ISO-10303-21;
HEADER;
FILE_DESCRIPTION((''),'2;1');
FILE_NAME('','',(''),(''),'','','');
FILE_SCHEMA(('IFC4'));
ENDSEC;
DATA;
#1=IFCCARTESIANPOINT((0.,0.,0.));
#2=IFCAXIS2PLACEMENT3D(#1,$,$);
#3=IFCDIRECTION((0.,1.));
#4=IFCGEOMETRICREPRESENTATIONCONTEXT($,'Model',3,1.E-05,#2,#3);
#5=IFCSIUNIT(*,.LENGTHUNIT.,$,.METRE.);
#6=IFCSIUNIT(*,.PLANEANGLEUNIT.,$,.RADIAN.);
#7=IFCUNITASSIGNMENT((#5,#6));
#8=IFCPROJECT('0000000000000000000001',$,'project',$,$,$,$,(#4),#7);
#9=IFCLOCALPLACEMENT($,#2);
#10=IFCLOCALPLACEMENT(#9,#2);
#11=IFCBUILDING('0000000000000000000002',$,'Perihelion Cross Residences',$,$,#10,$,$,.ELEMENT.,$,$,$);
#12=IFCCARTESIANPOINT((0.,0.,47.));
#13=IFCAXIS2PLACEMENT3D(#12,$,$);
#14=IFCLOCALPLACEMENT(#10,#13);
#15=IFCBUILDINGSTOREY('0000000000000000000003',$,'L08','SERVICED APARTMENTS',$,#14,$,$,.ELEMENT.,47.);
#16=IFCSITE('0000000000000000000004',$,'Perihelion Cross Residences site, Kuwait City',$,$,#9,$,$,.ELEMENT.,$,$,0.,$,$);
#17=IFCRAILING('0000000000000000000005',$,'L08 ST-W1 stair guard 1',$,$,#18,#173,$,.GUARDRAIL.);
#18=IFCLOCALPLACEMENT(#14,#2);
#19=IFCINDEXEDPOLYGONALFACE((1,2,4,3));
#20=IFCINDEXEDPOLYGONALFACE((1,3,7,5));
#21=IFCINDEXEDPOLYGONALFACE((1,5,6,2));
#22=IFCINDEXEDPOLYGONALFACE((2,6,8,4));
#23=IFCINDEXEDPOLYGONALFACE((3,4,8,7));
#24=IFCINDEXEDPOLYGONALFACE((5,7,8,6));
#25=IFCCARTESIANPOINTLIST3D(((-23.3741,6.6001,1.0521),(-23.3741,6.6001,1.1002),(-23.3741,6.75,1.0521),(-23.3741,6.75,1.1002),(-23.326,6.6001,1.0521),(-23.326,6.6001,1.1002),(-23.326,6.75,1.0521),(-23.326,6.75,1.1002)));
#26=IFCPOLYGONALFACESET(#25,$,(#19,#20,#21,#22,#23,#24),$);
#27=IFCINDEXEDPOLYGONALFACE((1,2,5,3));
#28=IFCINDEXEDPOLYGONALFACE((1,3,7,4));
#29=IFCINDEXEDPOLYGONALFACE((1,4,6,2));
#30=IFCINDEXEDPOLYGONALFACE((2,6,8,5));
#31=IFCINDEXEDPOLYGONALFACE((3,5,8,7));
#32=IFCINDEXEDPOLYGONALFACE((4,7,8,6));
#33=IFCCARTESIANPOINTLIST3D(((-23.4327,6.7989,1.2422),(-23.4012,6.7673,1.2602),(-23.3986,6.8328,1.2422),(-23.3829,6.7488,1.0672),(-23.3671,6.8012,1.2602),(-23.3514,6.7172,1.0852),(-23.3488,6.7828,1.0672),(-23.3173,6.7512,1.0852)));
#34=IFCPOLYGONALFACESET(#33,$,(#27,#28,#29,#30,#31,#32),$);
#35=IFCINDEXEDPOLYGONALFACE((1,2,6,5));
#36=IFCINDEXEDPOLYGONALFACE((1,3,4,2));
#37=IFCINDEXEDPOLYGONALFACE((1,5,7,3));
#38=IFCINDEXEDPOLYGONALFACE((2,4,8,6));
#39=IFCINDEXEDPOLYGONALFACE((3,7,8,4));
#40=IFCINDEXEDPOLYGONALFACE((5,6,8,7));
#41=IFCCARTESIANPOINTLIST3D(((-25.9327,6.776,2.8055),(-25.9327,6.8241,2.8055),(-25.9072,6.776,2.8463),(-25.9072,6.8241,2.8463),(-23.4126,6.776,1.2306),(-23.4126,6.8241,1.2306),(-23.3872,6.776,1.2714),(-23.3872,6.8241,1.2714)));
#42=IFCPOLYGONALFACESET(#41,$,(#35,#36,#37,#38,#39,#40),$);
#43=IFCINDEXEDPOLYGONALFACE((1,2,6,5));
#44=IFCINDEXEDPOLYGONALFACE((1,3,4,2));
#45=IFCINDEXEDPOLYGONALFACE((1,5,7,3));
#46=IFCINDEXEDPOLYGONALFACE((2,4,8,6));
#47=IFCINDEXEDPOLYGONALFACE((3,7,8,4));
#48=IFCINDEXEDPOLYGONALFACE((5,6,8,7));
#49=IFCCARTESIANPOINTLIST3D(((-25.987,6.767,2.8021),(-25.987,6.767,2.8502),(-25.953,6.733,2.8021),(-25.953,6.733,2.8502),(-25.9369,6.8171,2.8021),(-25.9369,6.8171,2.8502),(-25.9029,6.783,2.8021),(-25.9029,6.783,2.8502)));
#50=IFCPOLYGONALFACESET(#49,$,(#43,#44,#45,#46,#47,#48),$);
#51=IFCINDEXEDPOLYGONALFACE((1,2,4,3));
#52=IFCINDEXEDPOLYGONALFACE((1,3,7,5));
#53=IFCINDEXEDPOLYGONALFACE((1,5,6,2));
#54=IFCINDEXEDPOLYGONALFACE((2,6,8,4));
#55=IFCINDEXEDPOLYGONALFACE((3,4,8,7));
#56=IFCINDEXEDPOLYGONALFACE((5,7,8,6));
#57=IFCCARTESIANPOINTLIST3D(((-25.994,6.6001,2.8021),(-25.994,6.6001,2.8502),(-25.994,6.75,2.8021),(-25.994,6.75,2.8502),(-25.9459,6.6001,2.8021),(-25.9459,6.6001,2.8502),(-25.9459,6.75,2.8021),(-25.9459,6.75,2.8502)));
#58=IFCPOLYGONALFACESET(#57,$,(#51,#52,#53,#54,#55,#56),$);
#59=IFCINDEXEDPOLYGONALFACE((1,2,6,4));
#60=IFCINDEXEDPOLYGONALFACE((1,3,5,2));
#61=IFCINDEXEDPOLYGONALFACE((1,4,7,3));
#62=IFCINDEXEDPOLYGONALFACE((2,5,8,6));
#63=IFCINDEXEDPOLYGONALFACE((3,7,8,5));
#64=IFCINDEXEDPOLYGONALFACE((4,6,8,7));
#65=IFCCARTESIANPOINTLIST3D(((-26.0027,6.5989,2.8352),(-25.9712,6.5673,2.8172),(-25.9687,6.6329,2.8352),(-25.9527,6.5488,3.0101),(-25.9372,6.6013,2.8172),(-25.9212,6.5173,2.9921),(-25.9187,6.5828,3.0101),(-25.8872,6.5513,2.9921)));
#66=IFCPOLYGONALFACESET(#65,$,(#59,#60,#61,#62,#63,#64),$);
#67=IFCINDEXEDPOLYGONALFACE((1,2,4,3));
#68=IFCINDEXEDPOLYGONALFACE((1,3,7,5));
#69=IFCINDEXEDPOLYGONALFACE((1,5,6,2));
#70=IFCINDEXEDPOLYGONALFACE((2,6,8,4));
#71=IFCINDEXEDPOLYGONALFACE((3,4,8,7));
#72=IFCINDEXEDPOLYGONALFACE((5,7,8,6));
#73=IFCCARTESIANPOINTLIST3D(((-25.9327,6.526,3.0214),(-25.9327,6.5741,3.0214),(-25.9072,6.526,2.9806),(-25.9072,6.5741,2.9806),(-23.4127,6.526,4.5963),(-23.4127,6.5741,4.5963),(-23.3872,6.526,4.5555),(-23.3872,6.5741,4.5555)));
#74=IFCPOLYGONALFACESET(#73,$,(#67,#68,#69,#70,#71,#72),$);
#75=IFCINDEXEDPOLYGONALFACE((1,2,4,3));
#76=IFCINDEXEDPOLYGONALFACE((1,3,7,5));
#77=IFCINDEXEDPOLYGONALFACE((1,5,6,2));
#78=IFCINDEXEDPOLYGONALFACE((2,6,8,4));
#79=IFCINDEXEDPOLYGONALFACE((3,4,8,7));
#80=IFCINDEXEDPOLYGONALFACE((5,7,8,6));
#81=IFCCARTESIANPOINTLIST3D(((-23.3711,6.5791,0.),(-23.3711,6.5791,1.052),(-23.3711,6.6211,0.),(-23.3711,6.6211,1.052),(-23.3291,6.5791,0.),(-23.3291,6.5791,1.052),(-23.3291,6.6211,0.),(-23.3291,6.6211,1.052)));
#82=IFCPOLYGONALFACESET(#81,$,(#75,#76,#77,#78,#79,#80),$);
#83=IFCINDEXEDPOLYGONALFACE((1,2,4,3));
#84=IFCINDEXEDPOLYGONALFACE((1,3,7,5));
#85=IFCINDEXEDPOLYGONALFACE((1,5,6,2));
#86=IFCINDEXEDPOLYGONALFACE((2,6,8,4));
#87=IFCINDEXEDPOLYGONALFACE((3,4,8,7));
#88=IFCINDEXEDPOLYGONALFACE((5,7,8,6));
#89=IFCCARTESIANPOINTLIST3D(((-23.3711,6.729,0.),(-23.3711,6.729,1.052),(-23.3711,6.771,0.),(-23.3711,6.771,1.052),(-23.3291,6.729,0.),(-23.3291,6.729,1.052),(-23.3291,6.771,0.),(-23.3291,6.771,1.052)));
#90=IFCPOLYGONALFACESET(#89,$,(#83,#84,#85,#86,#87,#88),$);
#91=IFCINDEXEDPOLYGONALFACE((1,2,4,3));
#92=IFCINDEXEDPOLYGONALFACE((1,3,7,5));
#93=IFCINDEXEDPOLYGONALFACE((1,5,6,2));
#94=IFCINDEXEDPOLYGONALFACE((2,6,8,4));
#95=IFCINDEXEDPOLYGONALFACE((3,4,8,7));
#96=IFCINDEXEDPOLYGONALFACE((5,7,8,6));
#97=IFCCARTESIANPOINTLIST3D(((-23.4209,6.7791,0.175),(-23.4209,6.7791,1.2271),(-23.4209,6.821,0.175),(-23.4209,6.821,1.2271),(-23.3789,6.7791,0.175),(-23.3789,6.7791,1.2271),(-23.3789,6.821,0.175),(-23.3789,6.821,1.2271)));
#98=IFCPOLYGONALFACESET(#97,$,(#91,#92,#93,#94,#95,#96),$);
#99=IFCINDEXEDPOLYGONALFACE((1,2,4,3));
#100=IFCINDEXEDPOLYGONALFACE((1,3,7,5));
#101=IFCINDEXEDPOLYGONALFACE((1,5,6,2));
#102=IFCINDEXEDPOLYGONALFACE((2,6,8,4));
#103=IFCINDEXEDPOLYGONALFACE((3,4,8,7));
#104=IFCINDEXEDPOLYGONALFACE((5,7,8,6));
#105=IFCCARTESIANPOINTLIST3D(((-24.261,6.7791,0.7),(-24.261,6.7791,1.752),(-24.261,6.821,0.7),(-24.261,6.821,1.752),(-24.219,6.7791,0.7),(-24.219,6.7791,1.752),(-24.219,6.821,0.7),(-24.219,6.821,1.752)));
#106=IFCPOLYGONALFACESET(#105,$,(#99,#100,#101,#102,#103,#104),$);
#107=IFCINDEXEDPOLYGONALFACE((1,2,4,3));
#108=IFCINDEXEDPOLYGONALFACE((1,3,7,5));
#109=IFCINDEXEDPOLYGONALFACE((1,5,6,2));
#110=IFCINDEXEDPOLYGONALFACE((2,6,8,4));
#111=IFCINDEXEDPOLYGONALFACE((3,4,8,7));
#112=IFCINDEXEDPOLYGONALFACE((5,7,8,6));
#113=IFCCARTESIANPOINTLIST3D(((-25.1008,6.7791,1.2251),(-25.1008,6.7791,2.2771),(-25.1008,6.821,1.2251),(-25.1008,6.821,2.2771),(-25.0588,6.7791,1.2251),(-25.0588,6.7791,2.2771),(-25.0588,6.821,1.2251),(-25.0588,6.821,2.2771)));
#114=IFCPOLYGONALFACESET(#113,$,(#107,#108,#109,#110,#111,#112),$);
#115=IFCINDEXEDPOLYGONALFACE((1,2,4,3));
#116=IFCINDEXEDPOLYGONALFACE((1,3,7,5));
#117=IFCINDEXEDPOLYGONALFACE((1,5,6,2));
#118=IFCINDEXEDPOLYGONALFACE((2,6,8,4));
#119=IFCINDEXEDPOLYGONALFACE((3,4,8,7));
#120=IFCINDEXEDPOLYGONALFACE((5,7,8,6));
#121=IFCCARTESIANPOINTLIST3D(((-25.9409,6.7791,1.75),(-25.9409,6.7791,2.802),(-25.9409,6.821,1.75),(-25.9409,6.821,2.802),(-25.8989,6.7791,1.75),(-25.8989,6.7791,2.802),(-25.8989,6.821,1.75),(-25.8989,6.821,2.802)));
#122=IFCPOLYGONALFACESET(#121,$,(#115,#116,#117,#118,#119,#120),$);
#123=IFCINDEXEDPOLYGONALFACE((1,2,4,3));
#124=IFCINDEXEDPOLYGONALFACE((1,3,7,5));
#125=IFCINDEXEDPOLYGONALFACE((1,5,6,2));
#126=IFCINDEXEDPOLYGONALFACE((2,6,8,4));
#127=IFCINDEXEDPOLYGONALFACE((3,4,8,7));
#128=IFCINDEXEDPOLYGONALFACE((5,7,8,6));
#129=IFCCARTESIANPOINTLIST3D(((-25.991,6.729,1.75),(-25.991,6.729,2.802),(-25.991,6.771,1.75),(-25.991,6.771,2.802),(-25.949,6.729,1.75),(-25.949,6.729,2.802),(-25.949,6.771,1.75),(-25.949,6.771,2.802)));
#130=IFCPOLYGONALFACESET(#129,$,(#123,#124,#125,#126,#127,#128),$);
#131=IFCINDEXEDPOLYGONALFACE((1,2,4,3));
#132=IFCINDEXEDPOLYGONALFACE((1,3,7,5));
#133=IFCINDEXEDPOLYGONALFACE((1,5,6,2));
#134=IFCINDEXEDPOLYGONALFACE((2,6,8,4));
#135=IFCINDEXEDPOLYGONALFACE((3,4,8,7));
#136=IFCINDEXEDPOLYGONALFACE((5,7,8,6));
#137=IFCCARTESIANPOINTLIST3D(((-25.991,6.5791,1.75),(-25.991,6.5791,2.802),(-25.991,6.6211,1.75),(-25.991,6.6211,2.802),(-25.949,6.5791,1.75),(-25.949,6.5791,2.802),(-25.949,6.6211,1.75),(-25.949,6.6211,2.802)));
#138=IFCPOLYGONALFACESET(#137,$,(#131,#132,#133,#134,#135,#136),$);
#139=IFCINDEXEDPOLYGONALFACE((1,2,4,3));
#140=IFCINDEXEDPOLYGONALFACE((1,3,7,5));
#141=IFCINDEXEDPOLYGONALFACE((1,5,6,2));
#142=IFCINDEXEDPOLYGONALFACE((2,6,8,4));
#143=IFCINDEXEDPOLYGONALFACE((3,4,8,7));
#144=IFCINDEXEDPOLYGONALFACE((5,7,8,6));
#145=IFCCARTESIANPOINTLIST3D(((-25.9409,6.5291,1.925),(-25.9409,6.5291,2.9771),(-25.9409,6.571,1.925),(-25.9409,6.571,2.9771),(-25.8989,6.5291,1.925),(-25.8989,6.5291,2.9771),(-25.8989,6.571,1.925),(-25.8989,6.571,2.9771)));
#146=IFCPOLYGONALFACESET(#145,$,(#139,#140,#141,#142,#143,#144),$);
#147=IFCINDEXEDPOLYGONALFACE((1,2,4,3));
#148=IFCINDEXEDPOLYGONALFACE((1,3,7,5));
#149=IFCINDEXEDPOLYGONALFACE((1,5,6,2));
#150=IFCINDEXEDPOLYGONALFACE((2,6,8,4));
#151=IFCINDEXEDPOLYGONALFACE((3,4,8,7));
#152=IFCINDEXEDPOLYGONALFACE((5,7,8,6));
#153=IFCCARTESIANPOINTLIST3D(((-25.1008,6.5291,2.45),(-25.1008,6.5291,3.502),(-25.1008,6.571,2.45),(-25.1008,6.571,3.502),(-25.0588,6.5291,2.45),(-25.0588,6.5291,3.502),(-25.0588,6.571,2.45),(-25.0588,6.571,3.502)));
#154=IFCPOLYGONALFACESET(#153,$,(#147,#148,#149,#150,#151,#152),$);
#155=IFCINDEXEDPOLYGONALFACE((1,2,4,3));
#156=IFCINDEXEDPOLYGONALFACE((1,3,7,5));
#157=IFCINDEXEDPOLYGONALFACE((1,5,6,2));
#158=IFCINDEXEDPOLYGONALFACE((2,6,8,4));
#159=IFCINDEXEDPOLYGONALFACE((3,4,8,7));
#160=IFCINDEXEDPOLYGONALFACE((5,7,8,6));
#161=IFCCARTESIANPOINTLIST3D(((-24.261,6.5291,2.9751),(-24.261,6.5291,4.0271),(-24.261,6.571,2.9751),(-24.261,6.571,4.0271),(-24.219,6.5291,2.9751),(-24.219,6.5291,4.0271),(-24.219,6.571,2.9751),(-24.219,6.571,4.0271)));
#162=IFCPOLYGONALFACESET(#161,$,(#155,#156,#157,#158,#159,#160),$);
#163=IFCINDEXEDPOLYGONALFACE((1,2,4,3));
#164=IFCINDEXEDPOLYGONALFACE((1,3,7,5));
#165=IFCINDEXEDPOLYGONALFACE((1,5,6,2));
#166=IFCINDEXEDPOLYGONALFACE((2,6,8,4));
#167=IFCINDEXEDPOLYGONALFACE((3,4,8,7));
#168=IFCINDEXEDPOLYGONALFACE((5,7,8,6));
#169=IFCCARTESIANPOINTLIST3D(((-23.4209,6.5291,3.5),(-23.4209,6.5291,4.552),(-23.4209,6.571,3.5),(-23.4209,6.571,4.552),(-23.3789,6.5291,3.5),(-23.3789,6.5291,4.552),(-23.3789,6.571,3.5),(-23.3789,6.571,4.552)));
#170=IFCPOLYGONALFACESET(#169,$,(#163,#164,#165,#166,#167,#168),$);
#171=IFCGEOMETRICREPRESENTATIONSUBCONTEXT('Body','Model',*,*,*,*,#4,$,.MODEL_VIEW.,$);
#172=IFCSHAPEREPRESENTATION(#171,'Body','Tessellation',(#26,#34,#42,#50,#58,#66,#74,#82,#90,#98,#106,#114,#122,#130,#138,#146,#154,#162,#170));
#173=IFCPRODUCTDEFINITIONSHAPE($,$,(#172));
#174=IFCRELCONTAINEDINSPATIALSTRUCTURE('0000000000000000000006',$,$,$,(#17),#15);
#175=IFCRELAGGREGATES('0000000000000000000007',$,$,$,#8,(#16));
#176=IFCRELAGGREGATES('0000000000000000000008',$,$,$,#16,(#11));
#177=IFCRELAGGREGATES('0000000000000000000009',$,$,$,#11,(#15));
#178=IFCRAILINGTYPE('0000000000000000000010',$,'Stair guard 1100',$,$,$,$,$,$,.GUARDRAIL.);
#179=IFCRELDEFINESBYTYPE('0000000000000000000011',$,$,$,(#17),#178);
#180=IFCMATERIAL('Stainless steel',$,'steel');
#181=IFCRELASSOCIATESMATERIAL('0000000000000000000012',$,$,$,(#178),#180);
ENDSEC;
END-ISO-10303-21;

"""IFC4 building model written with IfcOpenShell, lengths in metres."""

from ifc_helpers import new_model, si_unit, direction, frame, origin, origin_2d, place, context, subcontext, project, spatial, rectangle, extrude, material, type_object, element, save


model = new_model("IFC4")

# Units and contexts
model_context = context("Model", 3, precision=1e-05, world=origin(), true_north=direction((0.0, 1.0)))
body_context = subcontext(model_context, "Body", "Model", "MODEL_VIEW")
ifc_project = project(units=[si_unit("LENGTHUNIT", "METRE"), si_unit("PLANEANGLEUNIT", "RADIAN")], contexts=[model_context])

# Site, building, storey
site_placement = place(None, origin())
site = spatial("IfcSite", under=ifc_project, at=site_placement, Name="Perihelion Cross Residences site, Kuwait City", CompositionType="ELEMENT", RefElevation=0.0)
building_placement = place(site_placement, origin())
building = spatial("IfcBuilding", under=site, at=building_placement, Name="Perihelion Cross Residences", CompositionType="ELEMENT")
storey_placement = place(building_placement, frame((0.0, 0.0, 47.0)))
storey = spatial("IfcBuildingStorey", under=building, at=storey_placement, Name="L08", Description="SERVICED APARTMENTS", CompositionType="ELEMENT", Elevation=47.0)

# Railing
ifc_material_1 = material(Name="Stainless steel", Category="steel")
railing_type_1 = type_object("IfcRailingType", Name="Stair guard 1100", PredefinedType="GUARDRAIL", material=ifc_material_1)
railing_1_placement = place(storey_placement, frame((-23.3501, 6.6001, 0.0)))
element("IfcRailing", 1, at=railing_1_placement, inside=storey, type_object=railing_type_1, Name="L08 ST-W1 stair guard 1", PredefinedType="GUARDRAIL", context=body_context, shape_type="SweptSolid", body=[
    extrude(rectangle(XDim=0.0481, YDim=0.0481, at=origin_2d()), frame((0.0, 0.0, 1.0762), z_axis=(0.0, 1.0, 0.0), x_axis=(-1.0, 0.0, 0.0)), (0.0, 0.0, 1.0), 0.1499),
    extrude(rectangle(XDim=0.0481, YDim=0.0481, at=origin_2d()), frame((0.0, 0.1499, 1.0762), z_axis=(-0.263862, 0.265156, 0.927399), x_axis=(-0.708834, -0.705376, 0.0)), (0.0, 0.0, 1.0), 0.1887),
    extrude(rectangle(XDim=0.0481, YDim=0.0481, at=origin_2d()), frame((-0.0498, 0.2, 1.251), z_axis=(-0.848008, 0.0, 0.529984), x_axis=(0.0, -1.0, 0.0)), (0.0, 0.0, 1.0), 2.9717),
    extrude(rectangle(XDim=0.0481, YDim=0.0481, at=origin_2d()), frame((-2.5698, 0.2, 2.8262), z_axis=(-0.707107, -0.707107, 0.0), x_axis=(0.707107, -0.707107, 0.0)), (0.0, 0.0, 1.0), 0.0708),
    extrude(rectangle(XDim=0.0481, YDim=0.0481, at=origin_2d()), frame((-2.6199, 0.1499, 2.8262), z_axis=(0.0, -1.0, 0.0), x_axis=(1.0, 0.0, 0.0)), (0.0, 0.0, 1.0), 0.1499),
    extrude(rectangle(XDim=0.0481, YDim=0.0481, at=origin_2d()), frame((-2.6199, 0.0, 2.8262), z_axis=(0.265065, -0.265065, 0.927082), x_axis=(0.707107, 0.707107, 0.0)), (0.0, 0.0, 1.0), 0.1887),
    extrude(rectangle(XDim=0.0481, YDim=0.0481, at=origin_2d()), frame((-2.5698, -0.05, 3.001), z_axis=(0.848008, 0.0, 0.529984), x_axis=(0.0, 1.0, 0.0)), (0.0, 0.0, 1.0), 2.9717),
    extrude(rectangle(XDim=0.042, YDim=0.042, at=origin_2d()), origin(), (0.0, 0.0, 1.0), 1.052),
    extrude(rectangle(XDim=0.042, YDim=0.042, at=origin_2d()), frame((0.0, 0.1499, 0.0)), (0.0, 0.0, 1.0), 1.052),
    extrude(rectangle(XDim=0.042, YDim=0.042, at=origin_2d()), frame((-0.0498, 0.2, 0.175)), (0.0, 0.0, 1.0), 1.052),
    extrude(rectangle(XDim=0.042, YDim=0.042, at=origin_2d()), frame((-0.8899, 0.2, 0.7)), (0.0, 0.0, 1.0), 1.052),
    extrude(rectangle(XDim=0.042, YDim=0.042, at=origin_2d()), frame((-1.7297, 0.2, 1.2251)), (0.0, 0.0, 1.0), 1.052),
    extrude(rectangle(XDim=0.042, YDim=0.042, at=origin_2d()), frame((-2.5698, 0.2, 1.75)), (0.0, 0.0, 1.0), 1.052),
    extrude(rectangle(XDim=0.042, YDim=0.042, at=origin_2d()), frame((-2.6199, 0.1499, 1.75)), (0.0, 0.0, 1.0), 1.052),
    extrude(rectangle(XDim=0.042, YDim=0.042, at=origin_2d()), frame((-2.6199, 0.0, 1.75)), (0.0, 0.0, 1.0), 1.052),
    extrude(rectangle(XDim=0.042, YDim=0.042, at=origin_2d()), frame((-2.5698, -0.05, 1.925)), (0.0, 0.0, 1.0), 1.052),
    extrude(rectangle(XDim=0.042, YDim=0.042, at=origin_2d()), frame((-1.7297, -0.05, 2.45)), (0.0, 0.0, 1.0), 1.052),
    extrude(rectangle(XDim=0.042, YDim=0.042, at=origin_2d()), frame((-0.8899, -0.05, 2.9751)), (0.0, 0.0, 1.0), 1.052),
    extrude(rectangle(XDim=0.042, YDim=0.042, at=origin_2d()), frame((-0.0498, -0.05, 3.5)), (0.0, 0.0, 1.0), 1.052),
])

save(model, "model.ifc")
